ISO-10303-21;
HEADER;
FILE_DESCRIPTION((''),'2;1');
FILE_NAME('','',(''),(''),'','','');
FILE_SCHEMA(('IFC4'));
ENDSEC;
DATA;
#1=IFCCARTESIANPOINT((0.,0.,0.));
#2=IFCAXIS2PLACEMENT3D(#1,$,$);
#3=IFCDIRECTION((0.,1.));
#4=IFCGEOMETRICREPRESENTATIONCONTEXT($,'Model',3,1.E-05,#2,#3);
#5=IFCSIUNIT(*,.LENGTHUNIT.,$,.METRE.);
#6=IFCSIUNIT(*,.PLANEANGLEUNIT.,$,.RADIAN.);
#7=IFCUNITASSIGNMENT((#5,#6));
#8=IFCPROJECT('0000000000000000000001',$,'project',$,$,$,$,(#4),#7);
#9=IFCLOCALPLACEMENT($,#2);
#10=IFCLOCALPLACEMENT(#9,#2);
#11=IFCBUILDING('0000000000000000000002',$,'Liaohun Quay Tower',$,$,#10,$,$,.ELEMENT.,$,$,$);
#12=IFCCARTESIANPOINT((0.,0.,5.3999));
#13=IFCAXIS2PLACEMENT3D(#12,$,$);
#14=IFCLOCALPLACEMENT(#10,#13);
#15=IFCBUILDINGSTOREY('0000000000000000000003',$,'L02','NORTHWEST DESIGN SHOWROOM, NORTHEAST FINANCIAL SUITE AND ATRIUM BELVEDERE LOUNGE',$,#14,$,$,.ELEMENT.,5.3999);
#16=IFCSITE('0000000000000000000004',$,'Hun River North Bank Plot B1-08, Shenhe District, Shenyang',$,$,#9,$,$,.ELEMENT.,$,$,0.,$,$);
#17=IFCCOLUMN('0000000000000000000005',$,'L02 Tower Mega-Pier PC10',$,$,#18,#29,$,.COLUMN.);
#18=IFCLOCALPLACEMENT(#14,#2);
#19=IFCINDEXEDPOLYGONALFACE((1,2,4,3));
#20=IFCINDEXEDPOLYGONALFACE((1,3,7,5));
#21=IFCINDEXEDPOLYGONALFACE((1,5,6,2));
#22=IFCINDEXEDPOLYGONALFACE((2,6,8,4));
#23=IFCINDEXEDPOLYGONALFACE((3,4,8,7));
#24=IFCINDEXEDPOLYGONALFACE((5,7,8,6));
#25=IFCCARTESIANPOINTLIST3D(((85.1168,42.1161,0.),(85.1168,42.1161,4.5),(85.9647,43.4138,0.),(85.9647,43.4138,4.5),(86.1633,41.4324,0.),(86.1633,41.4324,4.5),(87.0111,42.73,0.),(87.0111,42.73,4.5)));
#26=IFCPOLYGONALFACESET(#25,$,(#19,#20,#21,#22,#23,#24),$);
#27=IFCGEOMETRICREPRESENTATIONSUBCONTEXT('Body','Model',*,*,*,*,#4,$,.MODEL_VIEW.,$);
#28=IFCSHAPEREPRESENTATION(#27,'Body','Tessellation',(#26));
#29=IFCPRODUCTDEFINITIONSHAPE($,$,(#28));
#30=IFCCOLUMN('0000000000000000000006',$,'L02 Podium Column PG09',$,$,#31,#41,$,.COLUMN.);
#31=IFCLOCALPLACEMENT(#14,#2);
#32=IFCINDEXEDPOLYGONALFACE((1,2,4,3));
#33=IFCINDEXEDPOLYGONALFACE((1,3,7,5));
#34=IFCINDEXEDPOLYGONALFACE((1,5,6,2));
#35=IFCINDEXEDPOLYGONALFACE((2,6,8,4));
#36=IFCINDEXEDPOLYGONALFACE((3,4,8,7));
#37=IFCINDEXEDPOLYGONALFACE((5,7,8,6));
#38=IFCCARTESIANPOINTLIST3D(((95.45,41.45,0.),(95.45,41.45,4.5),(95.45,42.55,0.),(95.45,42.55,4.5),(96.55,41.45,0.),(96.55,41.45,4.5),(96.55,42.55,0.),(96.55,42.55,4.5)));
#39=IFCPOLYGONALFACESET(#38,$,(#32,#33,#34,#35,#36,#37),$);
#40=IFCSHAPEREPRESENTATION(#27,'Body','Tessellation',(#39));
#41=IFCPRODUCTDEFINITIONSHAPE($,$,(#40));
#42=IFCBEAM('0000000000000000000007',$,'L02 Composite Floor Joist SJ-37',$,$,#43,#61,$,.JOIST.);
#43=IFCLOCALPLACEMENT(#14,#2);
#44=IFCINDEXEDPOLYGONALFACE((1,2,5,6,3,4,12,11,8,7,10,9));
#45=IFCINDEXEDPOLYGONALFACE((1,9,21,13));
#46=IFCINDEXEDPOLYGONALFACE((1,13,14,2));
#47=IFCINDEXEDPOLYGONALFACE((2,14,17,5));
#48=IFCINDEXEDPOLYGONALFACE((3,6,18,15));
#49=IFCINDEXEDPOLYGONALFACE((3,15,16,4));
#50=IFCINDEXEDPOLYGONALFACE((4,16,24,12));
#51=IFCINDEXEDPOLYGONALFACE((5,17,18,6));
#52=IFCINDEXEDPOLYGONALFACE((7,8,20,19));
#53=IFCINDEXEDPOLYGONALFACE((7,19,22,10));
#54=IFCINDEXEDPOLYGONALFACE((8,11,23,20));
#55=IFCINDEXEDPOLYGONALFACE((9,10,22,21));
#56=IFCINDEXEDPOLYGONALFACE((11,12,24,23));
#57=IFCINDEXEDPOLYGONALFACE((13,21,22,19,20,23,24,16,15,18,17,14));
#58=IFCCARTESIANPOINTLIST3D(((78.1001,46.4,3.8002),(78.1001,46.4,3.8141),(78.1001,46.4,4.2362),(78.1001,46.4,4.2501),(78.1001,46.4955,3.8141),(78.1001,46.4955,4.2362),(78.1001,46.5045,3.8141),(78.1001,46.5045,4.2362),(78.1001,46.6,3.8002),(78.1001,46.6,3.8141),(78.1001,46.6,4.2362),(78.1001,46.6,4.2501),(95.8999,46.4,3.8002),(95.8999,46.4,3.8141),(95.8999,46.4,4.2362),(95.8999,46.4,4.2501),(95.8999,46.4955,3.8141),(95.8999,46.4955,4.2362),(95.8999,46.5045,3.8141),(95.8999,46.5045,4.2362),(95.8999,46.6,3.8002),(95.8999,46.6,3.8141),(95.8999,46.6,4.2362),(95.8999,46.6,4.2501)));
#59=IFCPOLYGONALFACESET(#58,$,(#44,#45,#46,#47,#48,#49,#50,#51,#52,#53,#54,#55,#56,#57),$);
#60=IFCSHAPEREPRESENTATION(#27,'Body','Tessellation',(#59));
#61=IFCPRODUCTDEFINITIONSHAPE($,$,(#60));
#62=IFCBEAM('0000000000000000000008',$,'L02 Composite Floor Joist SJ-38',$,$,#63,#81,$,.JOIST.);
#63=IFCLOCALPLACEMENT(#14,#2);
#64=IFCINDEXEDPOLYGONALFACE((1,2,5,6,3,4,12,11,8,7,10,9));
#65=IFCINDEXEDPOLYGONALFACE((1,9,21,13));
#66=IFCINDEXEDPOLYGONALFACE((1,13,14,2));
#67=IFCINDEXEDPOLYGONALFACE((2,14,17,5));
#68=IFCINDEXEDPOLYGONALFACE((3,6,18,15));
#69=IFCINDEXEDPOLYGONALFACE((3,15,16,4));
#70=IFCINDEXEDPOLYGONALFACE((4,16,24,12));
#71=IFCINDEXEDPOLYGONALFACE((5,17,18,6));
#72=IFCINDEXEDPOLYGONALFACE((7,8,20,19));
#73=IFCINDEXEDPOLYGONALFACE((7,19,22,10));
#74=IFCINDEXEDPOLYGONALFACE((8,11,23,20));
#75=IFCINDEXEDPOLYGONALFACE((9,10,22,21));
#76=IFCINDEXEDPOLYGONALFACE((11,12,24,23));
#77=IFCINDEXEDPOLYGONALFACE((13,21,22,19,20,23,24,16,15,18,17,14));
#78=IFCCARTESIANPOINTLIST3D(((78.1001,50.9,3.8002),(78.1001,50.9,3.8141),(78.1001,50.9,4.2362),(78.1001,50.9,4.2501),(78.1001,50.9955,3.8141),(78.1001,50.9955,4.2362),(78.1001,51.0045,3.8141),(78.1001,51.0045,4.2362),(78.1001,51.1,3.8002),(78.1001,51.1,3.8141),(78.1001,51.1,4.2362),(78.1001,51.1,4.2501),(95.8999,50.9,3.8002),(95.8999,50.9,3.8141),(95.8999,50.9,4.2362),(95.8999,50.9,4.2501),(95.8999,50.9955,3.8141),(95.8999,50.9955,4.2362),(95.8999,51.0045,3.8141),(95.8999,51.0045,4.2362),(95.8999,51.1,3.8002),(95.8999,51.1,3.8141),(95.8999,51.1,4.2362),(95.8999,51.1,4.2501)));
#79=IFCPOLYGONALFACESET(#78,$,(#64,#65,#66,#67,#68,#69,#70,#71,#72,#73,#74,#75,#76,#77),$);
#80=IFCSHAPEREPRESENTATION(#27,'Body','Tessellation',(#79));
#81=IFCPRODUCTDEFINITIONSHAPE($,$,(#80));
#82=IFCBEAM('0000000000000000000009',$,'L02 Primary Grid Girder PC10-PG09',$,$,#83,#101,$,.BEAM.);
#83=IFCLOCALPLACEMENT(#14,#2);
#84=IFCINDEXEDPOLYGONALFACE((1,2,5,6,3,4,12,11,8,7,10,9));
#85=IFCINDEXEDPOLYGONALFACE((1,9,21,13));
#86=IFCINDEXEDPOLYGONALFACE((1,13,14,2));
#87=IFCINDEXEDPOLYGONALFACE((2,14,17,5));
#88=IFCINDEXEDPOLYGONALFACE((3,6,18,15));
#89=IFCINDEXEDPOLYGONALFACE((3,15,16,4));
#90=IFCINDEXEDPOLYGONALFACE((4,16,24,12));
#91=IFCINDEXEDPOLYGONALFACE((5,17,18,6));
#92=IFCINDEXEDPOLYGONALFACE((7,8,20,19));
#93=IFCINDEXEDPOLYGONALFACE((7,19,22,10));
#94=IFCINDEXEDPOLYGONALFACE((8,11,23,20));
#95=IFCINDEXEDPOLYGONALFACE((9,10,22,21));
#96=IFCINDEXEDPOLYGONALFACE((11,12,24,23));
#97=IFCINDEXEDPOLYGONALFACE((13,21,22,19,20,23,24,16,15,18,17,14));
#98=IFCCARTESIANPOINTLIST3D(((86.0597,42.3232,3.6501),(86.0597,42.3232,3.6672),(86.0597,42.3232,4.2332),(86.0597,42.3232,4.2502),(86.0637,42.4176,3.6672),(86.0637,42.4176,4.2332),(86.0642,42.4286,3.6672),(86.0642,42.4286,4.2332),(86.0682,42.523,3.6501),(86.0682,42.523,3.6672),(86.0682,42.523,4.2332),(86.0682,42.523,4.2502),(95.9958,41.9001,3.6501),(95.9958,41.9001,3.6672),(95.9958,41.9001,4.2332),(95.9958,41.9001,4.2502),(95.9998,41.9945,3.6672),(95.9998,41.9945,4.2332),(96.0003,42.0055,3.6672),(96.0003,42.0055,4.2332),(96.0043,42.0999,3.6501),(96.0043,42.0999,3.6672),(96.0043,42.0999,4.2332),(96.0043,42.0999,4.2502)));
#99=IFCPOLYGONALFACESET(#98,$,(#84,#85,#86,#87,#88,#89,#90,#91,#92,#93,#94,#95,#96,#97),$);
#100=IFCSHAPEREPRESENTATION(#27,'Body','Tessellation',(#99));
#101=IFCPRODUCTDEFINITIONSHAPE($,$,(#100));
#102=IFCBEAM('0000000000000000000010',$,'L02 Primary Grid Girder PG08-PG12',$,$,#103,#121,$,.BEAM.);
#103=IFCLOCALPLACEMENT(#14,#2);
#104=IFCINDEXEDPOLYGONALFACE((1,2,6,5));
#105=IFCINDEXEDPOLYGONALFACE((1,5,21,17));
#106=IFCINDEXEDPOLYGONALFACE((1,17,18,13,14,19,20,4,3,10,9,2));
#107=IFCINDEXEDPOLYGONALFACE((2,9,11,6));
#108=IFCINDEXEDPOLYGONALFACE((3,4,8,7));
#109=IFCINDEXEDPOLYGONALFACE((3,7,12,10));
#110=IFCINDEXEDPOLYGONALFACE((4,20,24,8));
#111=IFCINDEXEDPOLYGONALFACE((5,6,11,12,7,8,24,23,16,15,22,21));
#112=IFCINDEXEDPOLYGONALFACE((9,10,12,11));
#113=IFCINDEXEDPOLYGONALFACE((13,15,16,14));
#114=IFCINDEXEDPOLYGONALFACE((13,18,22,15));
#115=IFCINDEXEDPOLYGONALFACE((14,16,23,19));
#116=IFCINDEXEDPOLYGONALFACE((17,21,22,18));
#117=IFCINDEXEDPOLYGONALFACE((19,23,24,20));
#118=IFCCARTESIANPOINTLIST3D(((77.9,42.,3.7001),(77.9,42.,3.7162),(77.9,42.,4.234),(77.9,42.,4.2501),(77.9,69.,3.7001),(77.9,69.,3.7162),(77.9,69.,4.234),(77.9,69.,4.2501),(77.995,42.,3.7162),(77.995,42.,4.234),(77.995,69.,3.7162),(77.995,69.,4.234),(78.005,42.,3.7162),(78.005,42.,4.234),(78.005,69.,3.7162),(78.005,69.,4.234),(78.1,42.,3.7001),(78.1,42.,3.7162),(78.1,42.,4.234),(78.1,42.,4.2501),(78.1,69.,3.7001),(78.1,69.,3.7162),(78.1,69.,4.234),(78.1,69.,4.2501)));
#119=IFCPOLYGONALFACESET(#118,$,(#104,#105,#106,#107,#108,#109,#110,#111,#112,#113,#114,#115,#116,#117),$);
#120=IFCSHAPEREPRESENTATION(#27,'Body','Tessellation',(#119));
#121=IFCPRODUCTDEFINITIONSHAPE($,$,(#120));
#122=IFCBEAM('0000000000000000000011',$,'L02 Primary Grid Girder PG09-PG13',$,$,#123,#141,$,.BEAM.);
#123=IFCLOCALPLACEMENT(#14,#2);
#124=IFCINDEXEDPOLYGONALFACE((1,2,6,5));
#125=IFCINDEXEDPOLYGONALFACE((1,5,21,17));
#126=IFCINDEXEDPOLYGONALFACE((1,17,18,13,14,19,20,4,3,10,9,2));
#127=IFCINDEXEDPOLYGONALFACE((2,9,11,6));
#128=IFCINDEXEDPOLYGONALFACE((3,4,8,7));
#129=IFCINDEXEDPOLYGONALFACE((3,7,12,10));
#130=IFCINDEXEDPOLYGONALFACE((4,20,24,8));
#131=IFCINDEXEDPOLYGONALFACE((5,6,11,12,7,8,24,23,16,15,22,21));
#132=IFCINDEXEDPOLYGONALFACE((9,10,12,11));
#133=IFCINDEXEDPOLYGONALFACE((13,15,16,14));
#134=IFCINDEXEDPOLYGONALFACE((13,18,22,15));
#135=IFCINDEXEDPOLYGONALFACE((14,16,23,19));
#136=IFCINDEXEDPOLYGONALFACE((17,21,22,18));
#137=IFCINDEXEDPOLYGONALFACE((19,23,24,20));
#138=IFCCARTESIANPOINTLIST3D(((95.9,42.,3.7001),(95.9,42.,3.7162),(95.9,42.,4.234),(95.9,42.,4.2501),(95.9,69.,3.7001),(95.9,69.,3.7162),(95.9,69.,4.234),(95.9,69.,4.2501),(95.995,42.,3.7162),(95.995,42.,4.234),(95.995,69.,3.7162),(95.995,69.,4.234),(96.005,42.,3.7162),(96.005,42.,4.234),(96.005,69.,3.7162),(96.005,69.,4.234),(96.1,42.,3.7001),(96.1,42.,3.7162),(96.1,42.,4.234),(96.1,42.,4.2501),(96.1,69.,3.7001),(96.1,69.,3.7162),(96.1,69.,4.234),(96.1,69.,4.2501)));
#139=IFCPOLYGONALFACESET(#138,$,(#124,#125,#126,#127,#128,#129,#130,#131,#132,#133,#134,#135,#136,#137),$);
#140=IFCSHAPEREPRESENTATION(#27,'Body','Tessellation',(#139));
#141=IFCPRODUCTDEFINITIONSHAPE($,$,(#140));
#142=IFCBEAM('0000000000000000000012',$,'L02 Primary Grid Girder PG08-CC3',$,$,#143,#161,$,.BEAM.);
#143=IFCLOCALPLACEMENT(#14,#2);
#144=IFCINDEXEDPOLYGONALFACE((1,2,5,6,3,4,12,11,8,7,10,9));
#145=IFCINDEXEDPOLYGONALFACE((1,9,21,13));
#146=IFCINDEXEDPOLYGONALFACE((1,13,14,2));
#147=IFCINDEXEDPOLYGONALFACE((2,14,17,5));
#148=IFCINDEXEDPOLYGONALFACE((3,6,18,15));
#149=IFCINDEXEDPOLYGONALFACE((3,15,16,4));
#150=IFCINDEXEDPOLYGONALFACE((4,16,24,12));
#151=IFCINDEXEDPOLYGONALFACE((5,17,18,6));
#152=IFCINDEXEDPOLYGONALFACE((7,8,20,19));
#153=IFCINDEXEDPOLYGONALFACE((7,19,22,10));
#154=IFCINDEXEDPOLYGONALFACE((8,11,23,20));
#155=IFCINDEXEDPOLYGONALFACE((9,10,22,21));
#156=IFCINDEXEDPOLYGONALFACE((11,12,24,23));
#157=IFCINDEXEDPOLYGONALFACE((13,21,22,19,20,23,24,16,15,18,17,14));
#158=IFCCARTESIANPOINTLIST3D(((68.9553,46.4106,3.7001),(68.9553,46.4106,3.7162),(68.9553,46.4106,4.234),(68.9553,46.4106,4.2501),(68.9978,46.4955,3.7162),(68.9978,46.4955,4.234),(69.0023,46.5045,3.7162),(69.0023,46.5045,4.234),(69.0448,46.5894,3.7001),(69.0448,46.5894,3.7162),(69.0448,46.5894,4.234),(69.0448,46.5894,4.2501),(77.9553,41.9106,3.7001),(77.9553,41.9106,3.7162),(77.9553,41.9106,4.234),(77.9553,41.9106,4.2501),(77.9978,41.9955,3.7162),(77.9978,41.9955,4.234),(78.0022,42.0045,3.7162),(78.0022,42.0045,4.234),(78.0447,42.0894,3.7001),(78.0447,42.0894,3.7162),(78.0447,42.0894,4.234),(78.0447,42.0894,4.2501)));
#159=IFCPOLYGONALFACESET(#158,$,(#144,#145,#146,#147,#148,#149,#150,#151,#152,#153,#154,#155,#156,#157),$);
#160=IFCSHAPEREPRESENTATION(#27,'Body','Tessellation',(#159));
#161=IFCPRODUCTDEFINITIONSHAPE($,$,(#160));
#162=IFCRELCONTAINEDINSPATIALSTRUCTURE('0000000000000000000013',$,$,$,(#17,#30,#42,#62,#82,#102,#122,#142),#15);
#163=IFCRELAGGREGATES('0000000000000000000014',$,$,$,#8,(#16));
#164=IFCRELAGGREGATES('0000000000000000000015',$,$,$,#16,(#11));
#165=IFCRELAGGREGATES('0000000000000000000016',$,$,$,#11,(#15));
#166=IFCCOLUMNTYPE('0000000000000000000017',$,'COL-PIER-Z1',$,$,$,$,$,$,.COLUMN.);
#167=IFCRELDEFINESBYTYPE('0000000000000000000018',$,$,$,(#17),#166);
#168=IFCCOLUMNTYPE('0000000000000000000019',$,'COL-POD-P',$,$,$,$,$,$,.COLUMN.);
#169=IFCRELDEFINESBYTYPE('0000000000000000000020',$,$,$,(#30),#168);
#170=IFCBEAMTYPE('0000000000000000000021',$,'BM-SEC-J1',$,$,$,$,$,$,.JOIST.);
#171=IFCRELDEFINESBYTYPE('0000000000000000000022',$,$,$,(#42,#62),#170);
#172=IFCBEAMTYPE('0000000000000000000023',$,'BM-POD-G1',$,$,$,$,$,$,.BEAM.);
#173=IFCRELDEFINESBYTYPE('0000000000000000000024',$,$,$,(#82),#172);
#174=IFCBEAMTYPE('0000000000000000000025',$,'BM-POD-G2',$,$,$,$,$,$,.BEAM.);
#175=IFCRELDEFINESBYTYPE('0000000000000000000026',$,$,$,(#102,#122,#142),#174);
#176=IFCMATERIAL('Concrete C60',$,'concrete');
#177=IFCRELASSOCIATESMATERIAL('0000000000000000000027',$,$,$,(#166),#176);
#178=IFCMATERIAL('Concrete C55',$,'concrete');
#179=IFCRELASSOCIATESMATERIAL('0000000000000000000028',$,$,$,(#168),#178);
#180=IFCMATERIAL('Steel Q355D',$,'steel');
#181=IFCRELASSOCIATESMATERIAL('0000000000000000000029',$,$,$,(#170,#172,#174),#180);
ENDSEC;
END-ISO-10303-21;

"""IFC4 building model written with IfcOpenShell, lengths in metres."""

from ifc_helpers import new_model, si_unit, direction, frame, origin, origin_2d, place, context, subcontext, project, spatial, rectangle, i_section, extrude, source, transform, mapped, material, material_profile, profile_set, type_object, element, save


model = new_model("IFC4")

# Units and contexts
model_context = context("Model", 3, precision=1e-05, world=origin(), true_north=direction((0.0, 1.0)))
body_context = subcontext(model_context, "Body", "Model", "MODEL_VIEW")
ifc_project = project(units=[si_unit("LENGTHUNIT", "METRE"), si_unit("PLANEANGLEUNIT", "RADIAN")], contexts=[model_context])

# Site, building, storey
site_placement = place(None, origin())
site = spatial("IfcSite", under=ifc_project, at=site_placement, Name="Hun River North Bank Plot B1-08, Shenhe District, Shenyang", CompositionType="ELEMENT", RefElevation=0.0)
building_placement = place(site_placement, origin())
building = spatial("IfcBuilding", under=site, at=building_placement, Name="Liaohun Quay Tower", CompositionType="ELEMENT")
storey_placement = place(building_placement, frame((0.0, 0.0, 5.3999)))
storey = spatial("IfcBuildingStorey", under=building, at=storey_placement, Name="L02", Description="NORTHWEST DESIGN SHOWROOM, NORTHEAST FINANCIAL SUITE AND ATRIUM BELVEDERE LOUNGE", CompositionType="ELEMENT", Elevation=5.3999)

# Columns
ifc_material_1 = material(Name="Concrete C60", Category="concrete")
ifc_material_profile_1 = material_profile(ifc_material_1, rectangle(XDim=1.55, YDim=1.25, at=origin_2d()), Name="RC1550x1250")
ifc_profile_set_1 = profile_set([ifc_material_profile_1], Name="Concrete C60")
column_type_1 = type_object("IfcColumnType", Name="COL-PIER-Z1", PredefinedType="COLUMN", material=ifc_profile_set_1)
shared_shape_1 = source(origin(), body_context, "Body", "SweptSolid", [
    extrude(rectangle(XDim=1.55, YDim=1.25, at=origin_2d()), origin(), (0.0, 0.0, 1.0), 4.5),
])
column_1_placement = place(storey_placement, frame((86.064, 42.4231, 0.0), z_axis=(0.0, 0.0, 1.0), x_axis=(0.546979, 0.837146, 0.0)))
element("IfcColumn", 1, at=column_1_placement, inside=storey, type_object=column_type_1, Name="L02 Tower Mega-Pier PC10", PredefinedType="COLUMN", context=body_context, shape_type="MappedRepresentation", body=[
    mapped(shared_shape_1, transform((0.0, 0.0, 0.0), x_axis=(1.0, 0.0, 0.0), y_axis=(0.0, 1.0, 0.0), z_axis=(0.0, 0.0, 1.0), scale=1.0)),
])
ifc_material_2 = material(Name="Concrete C55", Category="concrete")
ifc_material_profile_2 = material_profile(ifc_material_2, rectangle(XDim=1.1001, YDim=1.1001, at=origin_2d()), Name="RC1100x1100")
ifc_profile_set_2 = profile_set([ifc_material_profile_2], Name="Concrete C55")
column_type_2 = type_object("IfcColumnType", Name="COL-POD-P", PredefinedType="COLUMN", material=ifc_profile_set_2)
shared_shape_2 = source(origin(), body_context, "Body", "SweptSolid", [
    extrude(rectangle(XDim=1.1001, YDim=1.1001, at=origin_2d()), origin(), (0.0, 0.0, 1.0), 4.5),
])
column_2_placement = place(storey_placement, frame((96.0, 42.0, 0.0), z_axis=(0.0, 0.0, 1.0), x_axis=(1.0, 0.0, 0.0)))
element("IfcColumn", 2, at=column_2_placement, inside=storey, type_object=column_type_2, Name="L02 Podium Column PG09", PredefinedType="COLUMN", context=body_context, shape_type="MappedRepresentation", body=[
    mapped(shared_shape_2, transform((0.0, 0.0, 0.0), x_axis=(1.0, 0.0, 0.0), y_axis=(0.0, 1.0, 0.0), z_axis=(0.0, 0.0, 1.0), scale=1.0)),
])

# Beams
ifc_material_3 = material(Name="Steel Q355D", Category="steel")
ifc_material_profile_3 = material_profile(ifc_material_3, i_section(OverallWidth=0.2, OverallDepth=0.45, WebThickness=0.009, FlangeThickness=0.0139, at=origin_2d()), Name="HN450x200x9x14")
ifc_profile_set_3 = profile_set([ifc_material_profile_3], Name="Steel Q355D")
beam_type_1 = type_object("IfcBeamType", Name="BM-SEC-J1", PredefinedType="JOIST", material=ifc_profile_set_3)
shared_shape_3 = source(origin(), body_context, "Body", "SweptSolid", [
    extrude(i_section(OverallWidth=0.2, OverallDepth=0.45, WebThickness=0.009, FlangeThickness=0.0139, at=origin_2d()), origin(), (0.0, 0.0, 1.0), 17.7998),
])
for number, where, z_axis, x_axis, name in (
    (3, (78.1001, 46.5, 4.0251), (1.0, 0.0, 0.0), (0.0, 1.0, 0.0), "L02 Composite Floor Joist SJ-37"),
    (4, (78.1001, 51.0, 4.0251), (1.0, 0.0, 0.0), (0.0, 1.0, 0.0), "L02 Composite Floor Joist SJ-38"),
):
    element("IfcBeam", number, at=place(storey_placement, frame(where, z_axis=z_axis, x_axis=x_axis)), inside=storey, type_object=beam_type_1, Name=name, PredefinedType="JOIST", context=body_context, shape_type="MappedRepresentation", body=[
        mapped(shared_shape_3, transform((0.0, 0.0, 0.0), x_axis=(1.0, 0.0, 0.0), y_axis=(0.0, 1.0, 0.0), z_axis=(0.0, 0.0, 1.0), scale=1.0)),
    ])
ifc_material_profile_4 = material_profile(ifc_material_3, i_section(OverallWidth=0.2, OverallDepth=0.6001, WebThickness=0.011, FlangeThickness=0.0171, at=origin_2d()), Name="HN600x200x11x17")
ifc_profile_set_4 = profile_set([ifc_material_profile_4], Name="Steel Q355D")
beam_type_2 = type_object("IfcBeamType", Name="BM-POD-G1", PredefinedType="BEAM", material=ifc_profile_set_4)
shared_shape_4 = source(origin(), body_context, "Body", "SweptSolid", [
    extrude(i_section(OverallWidth=0.2, OverallDepth=0.6001, WebThickness=0.011, FlangeThickness=0.0171, at=origin_2d()), origin(), (0.0, 0.0, 1.0), 9.9451),
])
beam_1_placement = place(storey_placement, frame((86.064, 42.4231, 3.9502), z_axis=(0.999095, -0.042543, 0.0), x_axis=(0.042543, 0.999095, 0.0)))
element("IfcBeam", 5, at=beam_1_placement, inside=storey, type_object=beam_type_2, Name="L02 Primary Grid Girder PC10-PG09", PredefinedType="BEAM", context=body_context, shape_type="MappedRepresentation", body=[
    mapped(shared_shape_4, transform((0.0, 0.0, 0.0), x_axis=(1.0, 0.0, 0.0), y_axis=(0.0, 1.0, 0.0), z_axis=(0.0, 0.0, 1.0), scale=1.0)),
])
ifc_material_profile_5 = material_profile(ifc_material_3, i_section(OverallWidth=0.2, OverallDepth=0.55, WebThickness=0.01, FlangeThickness=0.0161, at=origin_2d()), Name="HN550x200x10x16")
ifc_profile_set_5 = profile_set([ifc_material_profile_5], Name="Steel Q355D")
beam_type_3 = type_object("IfcBeamType", Name="BM-POD-G2", PredefinedType="BEAM", material=ifc_profile_set_5)
shared_shape_5 = source(origin(), body_context, "Body", "SweptSolid", [
    extrude(i_section(OverallWidth=0.2, OverallDepth=0.55, WebThickness=0.01, FlangeThickness=0.0161, at=origin_2d()), origin(), (0.0, 0.0, 1.0), 27.0),
])
for number, where, z_axis, x_axis, name in (
    (6, (78.0, 42.0, 3.9751), (0.0, 1.0, 0.0), (-1.0, 0.0, 0.0), "L02 Primary Grid Girder PG08-PG12"),
    (7, (96.0, 42.0, 3.9751), (0.0, 1.0, 0.0), (-1.0, 0.0, 0.0), "L02 Primary Grid Girder PG09-PG13"),
):
    element("IfcBeam", number, at=place(storey_placement, frame(where, z_axis=z_axis, x_axis=x_axis)), inside=storey, type_object=beam_type_3, Name=name, PredefinedType="BEAM", context=body_context, shape_type="MappedRepresentation", body=[
        mapped(shared_shape_5, transform((0.0, 0.0, 0.0), x_axis=(1.0, 0.0, 0.0), y_axis=(0.0, 1.0, 0.0), z_axis=(0.0, 0.0, 1.0), scale=1.0)),
    ])
shared_shape_6 = source(origin(), body_context, "Body", "SweptSolid", [
    extrude(i_section(OverallWidth=0.2, OverallDepth=0.55, WebThickness=0.01, FlangeThickness=0.0161, at=origin_2d()), origin(), (0.0, 0.0, 1.0), 10.0623),
])
beam_2_placement = place(storey_placement, frame((78.0, 42.0, 3.9751), z_axis=(-0.894427, 0.447214, 0.0), x_axis=(-0.447214, -0.894427, 0.0)))
element("IfcBeam", 8, at=beam_2_placement, inside=storey, type_object=beam_type_3, Name="L02 Primary Grid Girder PG08-CC3", PredefinedType="BEAM", context=body_context, shape_type="MappedRepresentation", body=[
    mapped(shared_shape_6, transform((0.0, 0.0, 0.0), x_axis=(1.0, 0.0, 0.0), y_axis=(0.0, 1.0, 0.0), z_axis=(0.0, 0.0, 1.0), scale=1.0)),
])

save(model, "model.ifc")
